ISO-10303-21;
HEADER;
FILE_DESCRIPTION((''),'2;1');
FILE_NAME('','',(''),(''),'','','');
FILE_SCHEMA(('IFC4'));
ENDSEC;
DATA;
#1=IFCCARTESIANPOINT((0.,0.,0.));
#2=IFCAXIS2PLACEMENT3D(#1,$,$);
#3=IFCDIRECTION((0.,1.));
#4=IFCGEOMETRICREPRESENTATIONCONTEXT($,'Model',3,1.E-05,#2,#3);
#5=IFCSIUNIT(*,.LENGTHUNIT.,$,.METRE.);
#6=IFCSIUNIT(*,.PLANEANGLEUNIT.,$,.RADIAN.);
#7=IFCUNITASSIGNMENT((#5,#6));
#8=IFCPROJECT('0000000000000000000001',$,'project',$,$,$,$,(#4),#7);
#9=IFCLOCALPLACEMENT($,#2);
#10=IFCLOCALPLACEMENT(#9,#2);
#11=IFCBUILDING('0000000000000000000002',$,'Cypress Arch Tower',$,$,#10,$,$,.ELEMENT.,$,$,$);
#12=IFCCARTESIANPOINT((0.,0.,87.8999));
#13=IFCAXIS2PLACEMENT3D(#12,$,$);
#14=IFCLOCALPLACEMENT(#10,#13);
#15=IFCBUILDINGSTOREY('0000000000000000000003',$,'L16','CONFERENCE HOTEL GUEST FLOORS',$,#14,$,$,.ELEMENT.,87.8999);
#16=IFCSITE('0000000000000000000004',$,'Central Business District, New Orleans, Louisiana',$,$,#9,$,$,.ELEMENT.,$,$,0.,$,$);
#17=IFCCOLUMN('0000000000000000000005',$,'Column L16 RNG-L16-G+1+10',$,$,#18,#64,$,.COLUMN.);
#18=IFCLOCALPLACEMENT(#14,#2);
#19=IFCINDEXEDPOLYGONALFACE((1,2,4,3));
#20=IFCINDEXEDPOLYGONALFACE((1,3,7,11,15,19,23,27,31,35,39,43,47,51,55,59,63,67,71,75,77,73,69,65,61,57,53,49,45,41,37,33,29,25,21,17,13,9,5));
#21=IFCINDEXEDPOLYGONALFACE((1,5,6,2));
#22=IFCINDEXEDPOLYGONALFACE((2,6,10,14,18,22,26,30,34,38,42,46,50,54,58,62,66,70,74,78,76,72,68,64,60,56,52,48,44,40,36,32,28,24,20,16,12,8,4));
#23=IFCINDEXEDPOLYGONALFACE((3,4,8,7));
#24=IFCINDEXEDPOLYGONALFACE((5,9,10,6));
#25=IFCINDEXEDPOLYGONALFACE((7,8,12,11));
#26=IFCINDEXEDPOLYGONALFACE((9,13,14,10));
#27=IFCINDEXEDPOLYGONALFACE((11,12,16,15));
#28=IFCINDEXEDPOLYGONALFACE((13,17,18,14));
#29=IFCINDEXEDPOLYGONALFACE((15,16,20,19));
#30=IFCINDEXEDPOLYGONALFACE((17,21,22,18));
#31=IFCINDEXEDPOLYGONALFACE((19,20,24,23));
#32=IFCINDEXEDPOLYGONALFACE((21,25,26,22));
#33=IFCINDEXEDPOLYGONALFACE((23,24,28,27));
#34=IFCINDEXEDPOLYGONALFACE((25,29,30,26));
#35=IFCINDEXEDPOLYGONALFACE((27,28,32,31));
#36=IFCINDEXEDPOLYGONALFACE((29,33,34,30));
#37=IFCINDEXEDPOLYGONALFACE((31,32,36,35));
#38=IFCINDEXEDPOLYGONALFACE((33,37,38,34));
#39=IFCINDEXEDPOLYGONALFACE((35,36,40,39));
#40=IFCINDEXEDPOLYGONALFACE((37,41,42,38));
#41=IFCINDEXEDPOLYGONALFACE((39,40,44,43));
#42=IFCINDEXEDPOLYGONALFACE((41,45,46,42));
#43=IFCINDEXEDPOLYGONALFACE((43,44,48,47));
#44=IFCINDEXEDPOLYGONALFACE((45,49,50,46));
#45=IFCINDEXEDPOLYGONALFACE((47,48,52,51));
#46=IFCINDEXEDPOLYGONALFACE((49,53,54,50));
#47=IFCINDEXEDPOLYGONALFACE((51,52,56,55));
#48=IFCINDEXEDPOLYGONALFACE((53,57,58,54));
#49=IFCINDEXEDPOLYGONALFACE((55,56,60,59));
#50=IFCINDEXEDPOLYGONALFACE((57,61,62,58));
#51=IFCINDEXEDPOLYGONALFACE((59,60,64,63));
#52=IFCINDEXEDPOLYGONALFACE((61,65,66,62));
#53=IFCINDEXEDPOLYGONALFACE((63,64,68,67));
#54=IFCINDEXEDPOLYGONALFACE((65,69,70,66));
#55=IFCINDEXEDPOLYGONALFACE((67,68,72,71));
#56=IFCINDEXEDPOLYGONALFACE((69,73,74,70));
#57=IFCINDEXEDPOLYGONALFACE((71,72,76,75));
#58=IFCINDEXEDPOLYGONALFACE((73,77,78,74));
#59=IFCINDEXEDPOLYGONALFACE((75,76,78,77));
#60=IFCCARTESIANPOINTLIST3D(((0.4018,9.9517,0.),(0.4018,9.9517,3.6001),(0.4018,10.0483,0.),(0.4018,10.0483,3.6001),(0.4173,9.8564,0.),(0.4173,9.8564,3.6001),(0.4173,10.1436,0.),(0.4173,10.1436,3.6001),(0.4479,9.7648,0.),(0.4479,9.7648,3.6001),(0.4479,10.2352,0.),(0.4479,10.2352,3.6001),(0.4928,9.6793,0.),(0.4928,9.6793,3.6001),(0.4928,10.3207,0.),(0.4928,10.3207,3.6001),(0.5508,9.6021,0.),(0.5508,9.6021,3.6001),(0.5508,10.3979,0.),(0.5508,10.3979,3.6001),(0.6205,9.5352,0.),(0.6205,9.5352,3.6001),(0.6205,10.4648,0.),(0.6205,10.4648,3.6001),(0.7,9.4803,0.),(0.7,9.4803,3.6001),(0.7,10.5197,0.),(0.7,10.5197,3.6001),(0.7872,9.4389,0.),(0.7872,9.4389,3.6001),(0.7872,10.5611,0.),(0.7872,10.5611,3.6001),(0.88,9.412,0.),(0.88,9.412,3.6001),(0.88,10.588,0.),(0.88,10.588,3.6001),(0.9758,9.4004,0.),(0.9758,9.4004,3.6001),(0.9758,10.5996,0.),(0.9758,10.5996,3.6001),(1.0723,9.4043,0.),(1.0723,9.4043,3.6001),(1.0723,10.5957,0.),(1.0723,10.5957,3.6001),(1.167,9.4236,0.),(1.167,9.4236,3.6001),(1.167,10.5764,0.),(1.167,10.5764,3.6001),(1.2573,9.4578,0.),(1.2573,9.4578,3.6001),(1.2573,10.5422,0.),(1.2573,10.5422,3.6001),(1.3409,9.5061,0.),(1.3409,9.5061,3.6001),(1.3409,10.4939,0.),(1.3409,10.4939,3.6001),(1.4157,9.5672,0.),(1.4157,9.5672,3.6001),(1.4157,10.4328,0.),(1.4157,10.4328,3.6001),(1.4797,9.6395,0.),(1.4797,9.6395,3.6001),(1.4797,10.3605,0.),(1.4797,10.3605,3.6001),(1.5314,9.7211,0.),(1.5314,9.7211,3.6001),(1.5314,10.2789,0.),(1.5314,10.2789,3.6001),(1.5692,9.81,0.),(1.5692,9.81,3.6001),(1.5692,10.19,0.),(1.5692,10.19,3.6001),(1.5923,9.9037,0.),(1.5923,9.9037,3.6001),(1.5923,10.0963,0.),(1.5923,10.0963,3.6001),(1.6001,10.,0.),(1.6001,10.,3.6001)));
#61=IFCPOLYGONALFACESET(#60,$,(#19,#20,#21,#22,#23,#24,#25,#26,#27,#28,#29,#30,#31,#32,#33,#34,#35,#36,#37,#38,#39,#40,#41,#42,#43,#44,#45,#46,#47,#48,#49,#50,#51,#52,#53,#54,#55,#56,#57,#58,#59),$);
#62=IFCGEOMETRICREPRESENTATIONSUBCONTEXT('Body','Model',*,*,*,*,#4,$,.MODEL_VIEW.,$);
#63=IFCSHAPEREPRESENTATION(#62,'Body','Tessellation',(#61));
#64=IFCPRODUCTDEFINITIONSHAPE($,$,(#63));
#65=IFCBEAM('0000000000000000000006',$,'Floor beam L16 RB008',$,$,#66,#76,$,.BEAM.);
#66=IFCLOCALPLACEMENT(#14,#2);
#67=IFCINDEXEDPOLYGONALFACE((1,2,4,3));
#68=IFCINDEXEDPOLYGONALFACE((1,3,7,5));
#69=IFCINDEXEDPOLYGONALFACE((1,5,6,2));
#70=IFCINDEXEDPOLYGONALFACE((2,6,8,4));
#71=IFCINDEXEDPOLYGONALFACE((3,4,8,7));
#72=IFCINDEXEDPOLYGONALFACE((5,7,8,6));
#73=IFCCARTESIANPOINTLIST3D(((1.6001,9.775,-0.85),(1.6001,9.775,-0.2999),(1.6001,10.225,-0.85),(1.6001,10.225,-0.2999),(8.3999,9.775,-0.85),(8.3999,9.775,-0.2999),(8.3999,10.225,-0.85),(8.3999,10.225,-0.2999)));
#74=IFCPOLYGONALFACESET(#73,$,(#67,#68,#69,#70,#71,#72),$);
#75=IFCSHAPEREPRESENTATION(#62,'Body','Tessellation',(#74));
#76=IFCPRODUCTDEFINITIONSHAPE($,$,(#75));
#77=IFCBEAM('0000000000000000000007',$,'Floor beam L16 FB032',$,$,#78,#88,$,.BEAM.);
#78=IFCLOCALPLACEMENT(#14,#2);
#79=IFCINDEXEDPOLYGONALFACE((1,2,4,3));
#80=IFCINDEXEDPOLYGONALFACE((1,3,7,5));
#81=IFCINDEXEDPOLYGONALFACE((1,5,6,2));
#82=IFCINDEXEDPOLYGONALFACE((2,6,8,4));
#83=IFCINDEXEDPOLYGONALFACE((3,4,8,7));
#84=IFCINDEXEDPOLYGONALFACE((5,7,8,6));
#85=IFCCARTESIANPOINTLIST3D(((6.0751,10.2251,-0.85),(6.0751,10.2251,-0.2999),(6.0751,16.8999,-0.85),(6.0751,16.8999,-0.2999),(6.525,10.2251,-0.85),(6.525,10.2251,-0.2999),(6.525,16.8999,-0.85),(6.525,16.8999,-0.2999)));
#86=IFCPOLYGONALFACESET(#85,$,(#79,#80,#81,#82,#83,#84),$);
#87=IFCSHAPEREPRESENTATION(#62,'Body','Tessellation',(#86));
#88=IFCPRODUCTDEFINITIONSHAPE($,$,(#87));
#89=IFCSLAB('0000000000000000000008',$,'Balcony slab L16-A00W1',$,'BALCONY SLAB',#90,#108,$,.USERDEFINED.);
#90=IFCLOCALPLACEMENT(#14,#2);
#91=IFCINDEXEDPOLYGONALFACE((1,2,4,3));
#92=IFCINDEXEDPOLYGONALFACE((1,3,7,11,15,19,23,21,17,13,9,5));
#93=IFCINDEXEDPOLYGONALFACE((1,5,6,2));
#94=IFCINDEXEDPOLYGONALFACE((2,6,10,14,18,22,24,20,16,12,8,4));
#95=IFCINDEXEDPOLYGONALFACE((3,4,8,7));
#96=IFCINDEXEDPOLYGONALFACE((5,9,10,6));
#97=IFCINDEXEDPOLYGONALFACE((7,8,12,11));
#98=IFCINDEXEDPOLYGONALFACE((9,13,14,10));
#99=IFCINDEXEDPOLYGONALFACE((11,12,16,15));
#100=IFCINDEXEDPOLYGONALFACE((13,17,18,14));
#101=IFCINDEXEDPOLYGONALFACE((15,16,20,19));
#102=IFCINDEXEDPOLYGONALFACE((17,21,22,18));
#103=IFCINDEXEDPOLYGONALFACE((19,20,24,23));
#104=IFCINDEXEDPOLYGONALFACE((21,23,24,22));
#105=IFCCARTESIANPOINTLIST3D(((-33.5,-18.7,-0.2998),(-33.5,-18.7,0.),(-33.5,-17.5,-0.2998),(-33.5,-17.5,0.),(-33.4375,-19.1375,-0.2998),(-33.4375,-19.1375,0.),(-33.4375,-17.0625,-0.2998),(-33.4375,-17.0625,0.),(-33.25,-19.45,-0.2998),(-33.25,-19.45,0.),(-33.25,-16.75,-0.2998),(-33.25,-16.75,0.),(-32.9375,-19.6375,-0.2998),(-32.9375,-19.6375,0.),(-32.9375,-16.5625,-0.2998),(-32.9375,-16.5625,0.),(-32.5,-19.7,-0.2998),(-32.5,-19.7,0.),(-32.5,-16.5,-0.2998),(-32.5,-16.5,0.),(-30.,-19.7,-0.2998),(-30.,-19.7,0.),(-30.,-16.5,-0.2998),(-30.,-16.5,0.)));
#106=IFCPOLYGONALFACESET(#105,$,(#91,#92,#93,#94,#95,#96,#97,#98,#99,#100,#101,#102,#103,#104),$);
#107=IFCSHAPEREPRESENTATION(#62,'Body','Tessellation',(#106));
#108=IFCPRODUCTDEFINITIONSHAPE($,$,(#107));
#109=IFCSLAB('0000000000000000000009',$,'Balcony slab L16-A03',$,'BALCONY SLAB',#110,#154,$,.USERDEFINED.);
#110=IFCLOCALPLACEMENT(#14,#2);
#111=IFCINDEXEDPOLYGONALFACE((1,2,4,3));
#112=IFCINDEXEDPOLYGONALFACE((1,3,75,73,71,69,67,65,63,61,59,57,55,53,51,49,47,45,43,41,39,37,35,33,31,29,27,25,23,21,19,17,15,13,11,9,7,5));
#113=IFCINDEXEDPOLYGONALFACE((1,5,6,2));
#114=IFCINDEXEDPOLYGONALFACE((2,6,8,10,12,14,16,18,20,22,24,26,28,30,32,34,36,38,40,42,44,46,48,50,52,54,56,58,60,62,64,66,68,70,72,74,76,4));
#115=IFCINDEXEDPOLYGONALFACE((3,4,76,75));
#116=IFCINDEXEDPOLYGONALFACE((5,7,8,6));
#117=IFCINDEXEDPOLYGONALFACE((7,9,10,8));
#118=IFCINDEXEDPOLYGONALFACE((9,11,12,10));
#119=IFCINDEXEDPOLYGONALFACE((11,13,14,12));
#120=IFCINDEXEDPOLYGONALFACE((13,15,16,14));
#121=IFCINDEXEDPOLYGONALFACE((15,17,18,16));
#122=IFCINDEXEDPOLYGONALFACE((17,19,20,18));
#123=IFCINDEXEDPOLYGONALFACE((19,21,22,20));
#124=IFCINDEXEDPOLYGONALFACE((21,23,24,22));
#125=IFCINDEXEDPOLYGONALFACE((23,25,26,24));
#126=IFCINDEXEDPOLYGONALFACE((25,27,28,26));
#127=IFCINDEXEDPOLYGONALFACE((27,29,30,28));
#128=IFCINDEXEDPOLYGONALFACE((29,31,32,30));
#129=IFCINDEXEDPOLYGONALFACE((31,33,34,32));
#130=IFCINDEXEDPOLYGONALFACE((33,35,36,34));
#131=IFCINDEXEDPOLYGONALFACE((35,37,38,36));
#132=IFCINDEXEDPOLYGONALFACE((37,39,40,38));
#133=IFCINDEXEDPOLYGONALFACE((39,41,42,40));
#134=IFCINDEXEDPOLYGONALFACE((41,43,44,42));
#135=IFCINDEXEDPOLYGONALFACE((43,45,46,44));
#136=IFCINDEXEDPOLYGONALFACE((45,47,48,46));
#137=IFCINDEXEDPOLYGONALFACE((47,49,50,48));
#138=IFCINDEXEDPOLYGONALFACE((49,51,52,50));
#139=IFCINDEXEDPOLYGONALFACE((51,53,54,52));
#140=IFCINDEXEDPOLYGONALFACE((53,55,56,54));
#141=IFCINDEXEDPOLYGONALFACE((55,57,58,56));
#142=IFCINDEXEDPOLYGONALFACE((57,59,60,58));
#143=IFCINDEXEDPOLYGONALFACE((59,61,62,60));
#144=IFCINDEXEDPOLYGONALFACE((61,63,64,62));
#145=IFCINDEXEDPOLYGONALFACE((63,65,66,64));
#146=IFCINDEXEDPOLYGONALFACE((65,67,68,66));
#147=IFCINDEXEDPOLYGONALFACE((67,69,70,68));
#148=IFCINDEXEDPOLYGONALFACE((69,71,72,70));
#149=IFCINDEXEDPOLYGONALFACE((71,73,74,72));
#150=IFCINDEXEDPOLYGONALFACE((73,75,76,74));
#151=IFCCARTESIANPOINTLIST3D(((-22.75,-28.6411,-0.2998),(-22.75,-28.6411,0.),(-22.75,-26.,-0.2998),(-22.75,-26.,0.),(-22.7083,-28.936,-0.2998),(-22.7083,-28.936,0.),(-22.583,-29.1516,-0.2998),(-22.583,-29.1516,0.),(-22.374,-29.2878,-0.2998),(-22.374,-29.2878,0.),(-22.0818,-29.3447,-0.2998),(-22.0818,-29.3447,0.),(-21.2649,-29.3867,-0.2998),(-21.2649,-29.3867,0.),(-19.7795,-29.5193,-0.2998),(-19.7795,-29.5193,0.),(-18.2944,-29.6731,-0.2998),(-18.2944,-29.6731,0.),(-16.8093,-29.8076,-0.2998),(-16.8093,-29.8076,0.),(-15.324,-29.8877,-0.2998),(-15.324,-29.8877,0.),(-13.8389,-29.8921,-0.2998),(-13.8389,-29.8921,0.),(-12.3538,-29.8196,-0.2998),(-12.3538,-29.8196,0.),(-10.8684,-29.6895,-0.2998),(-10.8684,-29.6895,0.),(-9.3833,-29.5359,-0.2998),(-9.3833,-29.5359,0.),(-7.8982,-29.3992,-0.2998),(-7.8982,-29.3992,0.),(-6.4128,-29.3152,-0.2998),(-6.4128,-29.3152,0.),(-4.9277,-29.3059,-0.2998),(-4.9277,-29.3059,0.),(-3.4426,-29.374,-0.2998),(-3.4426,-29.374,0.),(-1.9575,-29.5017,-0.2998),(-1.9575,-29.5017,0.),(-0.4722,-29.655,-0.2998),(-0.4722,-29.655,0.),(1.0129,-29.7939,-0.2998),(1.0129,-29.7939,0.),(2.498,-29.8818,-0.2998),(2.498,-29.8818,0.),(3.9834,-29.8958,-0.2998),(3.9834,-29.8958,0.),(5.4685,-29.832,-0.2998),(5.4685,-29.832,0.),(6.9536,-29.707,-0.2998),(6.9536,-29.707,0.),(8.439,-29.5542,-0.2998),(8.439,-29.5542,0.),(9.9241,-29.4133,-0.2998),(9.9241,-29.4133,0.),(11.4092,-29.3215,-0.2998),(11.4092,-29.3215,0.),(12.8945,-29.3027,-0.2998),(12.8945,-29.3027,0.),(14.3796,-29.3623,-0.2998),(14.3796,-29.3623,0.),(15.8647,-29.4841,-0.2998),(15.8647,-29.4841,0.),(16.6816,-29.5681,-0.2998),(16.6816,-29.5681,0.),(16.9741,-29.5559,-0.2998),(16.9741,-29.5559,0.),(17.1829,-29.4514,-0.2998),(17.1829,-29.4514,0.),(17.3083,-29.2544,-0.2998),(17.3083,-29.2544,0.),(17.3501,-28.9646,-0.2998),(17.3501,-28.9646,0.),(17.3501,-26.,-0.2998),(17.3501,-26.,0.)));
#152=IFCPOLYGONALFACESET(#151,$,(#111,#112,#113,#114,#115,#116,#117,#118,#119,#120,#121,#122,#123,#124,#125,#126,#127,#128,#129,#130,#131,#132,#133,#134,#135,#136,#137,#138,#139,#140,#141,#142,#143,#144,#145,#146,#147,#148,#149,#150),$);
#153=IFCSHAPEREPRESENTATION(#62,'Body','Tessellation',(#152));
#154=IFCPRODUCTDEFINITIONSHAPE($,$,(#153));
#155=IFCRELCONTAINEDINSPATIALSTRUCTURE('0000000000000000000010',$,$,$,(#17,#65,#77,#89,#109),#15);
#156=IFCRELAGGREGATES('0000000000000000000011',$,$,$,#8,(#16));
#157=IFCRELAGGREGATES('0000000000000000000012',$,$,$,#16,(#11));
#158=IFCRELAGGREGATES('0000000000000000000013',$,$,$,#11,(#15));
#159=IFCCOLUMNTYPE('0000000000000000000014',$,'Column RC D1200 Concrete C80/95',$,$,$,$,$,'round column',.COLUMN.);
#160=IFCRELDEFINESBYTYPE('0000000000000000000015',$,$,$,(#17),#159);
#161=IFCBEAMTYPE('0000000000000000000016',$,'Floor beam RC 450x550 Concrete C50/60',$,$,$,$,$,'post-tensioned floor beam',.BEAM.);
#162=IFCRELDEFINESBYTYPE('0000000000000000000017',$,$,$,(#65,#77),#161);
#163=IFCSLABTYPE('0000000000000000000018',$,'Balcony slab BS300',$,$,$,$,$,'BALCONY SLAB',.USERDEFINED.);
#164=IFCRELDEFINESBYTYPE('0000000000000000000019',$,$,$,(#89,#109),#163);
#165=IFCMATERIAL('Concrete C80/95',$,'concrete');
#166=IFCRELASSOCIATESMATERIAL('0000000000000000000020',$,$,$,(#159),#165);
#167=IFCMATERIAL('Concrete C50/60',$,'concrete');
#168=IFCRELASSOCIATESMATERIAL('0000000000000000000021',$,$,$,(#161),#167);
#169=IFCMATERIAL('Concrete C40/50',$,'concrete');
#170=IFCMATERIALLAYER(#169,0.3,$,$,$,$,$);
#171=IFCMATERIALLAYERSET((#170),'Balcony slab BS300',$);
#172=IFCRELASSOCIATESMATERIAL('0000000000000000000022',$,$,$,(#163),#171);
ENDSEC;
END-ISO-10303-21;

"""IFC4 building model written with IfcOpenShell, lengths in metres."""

from ifc_helpers import new_model, si_unit, direction, frame, origin, origin_2d, place, context, subcontext, project, spatial, polyline, rectangle, circle, outline, extrude, material, layer, layer_set, material_profile, profile_set, type_object, element, save


model = new_model("IFC4")

# Units and contexts
model_context = context("Model", 3, precision=1e-05, world=origin(), true_north=direction((0.0, 1.0)))
body_context = subcontext(model_context, "Body", "Model", "MODEL_VIEW")
ifc_project = project(units=[si_unit("LENGTHUNIT", "METRE"), si_unit("PLANEANGLEUNIT", "RADIAN")], contexts=[model_context])

# Site, building, storey
site_placement = place(None, origin())
site = spatial("IfcSite", under=ifc_project, at=site_placement, Name="Central Business District, New Orleans, Louisiana", CompositionType="ELEMENT", RefElevation=0.0)
building_placement = place(site_placement, origin())
building = spatial("IfcBuilding", under=site, at=building_placement, Name="Cypress Arch Tower", CompositionType="ELEMENT")
storey_placement = place(building_placement, frame((0.0, 0.0, 87.8999)))
storey = spatial("IfcBuildingStorey", under=building, at=storey_placement, Name="L16", Description="CONFERENCE HOTEL GUEST FLOORS", CompositionType="ELEMENT", Elevation=87.8999)

# Column
ifc_material_1 = material(Name="Concrete C80/95", Category="concrete")
ifc_material_profile_1 = material_profile(ifc_material_1, circle(Radius=0.6001, at=origin_2d()), Name="RC D1200")
ifc_profile_set_1 = profile_set([ifc_material_profile_1], Name="Concrete C80/95")
column_type = type_object("IfcColumnType", Name="Column RC D1200 Concrete C80/95", ElementType="round column", PredefinedType="COLUMN", material=ifc_profile_set_1)
column_placement = place(storey_placement, frame((1.0, 10.0, 0.0), z_axis=(0.0, 0.0, 1.0), x_axis=(1.0, 0.0, 0.0)))
element("IfcColumn", 1, at=column_placement, inside=storey, type_object=column_type, Name="Column L16 RNG-L16-G+1+10", PredefinedType="COLUMN", context=body_context, shape_type="SweptSolid", body=[
    extrude(circle(Radius=0.6001, at=origin_2d()), origin(), (0.0, 0.0, 1.0), 3.6001),
])

# Beams
ifc_material_2 = material(Name="Concrete C50/60", Category="concrete")
ifc_material_profile_2 = material_profile(ifc_material_2, rectangle(XDim=0.45, YDim=0.55, at=origin_2d()), Name="RC 450x550")
ifc_profile_set_2 = profile_set([ifc_material_profile_2], Name="Concrete C50/60")
beam_type = type_object("IfcBeamType", Name="Floor beam RC 450x550 Concrete C50/60", ElementType="post-tensioned floor beam", PredefinedType="BEAM", material=ifc_profile_set_2)
beam_1_placement = place(storey_placement, frame((1.6001, 10.0, -0.575), z_axis=(1.0, 0.0, 0.0), x_axis=(0.0, 1.0, 0.0)))
element("IfcBeam", 2, at=beam_1_placement, inside=storey, type_object=beam_type, Name="Floor beam L16 RB008", PredefinedType="BEAM", context=body_context, shape_type="SweptSolid", body=[
    extrude(rectangle(XDim=0.45, YDim=0.55, at=origin_2d()), origin(), (0.0, 0.0, 1.0), 6.7998),
])
beam_2_placement = place(storey_placement, frame((6.3, 10.2251, -0.575), z_axis=(0.0, 1.0, 0.0), x_axis=(-1.0, 0.0, 0.0)))
element("IfcBeam", 3, at=beam_2_placement, inside=storey, type_object=beam_type, Name="Floor beam L16 FB032", PredefinedType="BEAM", context=body_context, shape_type="SweptSolid", body=[
    extrude(rectangle(XDim=0.45, YDim=0.55, at=origin_2d()), origin(), (0.0, 0.0, 1.0), 6.6748),
])

# Slabs
ifc_material_3 = material(Name="Concrete C40/50", Category="concrete")
ifc_layer_1 = layer(ifc_material_3, 0.3)
ifc_layer_set_1 = layer_set([ifc_layer_1], Name="Balcony slab BS300")
slab_type_1 = type_object("IfcSlabType", Name="Balcony slab BS300", ElementType="BALCONY SLAB", PredefinedType="USERDEFINED", material=ifc_layer_set_1)
slab_1_placement = place(storey_placement, frame((0.0, 0.0, -0.2998)))
element("IfcSlab", 4, at=slab_1_placement, inside=storey, type_object=slab_type_1, Name="Balcony slab L16-A00W1", ObjectType="BALCONY SLAB", PredefinedType="USERDEFINED", context=body_context, shape_type="SweptSolid", body=[
    extrude(outline(polyline([(-30.0, -16.5), (-32.5, -16.5), (-32.9375, -16.5625), (-33.25, -16.75), (-33.4375, -17.0625), (-33.5, -17.5), (-33.5, -18.7), (-33.4375, -19.1375), (-33.25, -19.45), (-32.9375, -19.6375), (-32.5, -19.7), (-30.0, -19.7), (-30.0, -16.5)])), origin(), (0.0, 0.0, 1.0), 0.2998),
])
slab_2_placement = place(storey_placement, frame((0.0, 0.0, -0.2998)))
element("IfcSlab", 5, at=slab_2_placement, inside=storey, type_object=slab_type_1, Name="Balcony slab L16-A03", ObjectType="BALCONY SLAB", PredefinedType="USERDEFINED", context=body_context, shape_type="SweptSolid", body=[
    extrude(outline(polyline([(-22.75, -26.0), (-22.75, -28.6411), (-22.7083, -28.936), (-22.583, -29.1516), (-22.374, -29.2878), (-22.0818, -29.3447), (-21.2649, -29.3867), (-19.7795, -29.5193), (-18.2944, -29.6731), (-16.8093, -29.8076), (-15.324, -29.8877), (-13.8389, -29.8921), (-12.3538, -29.8196), (-10.8684, -29.6895), (-9.3833, -29.5359), (-7.8982, -29.3992), (-6.4128, -29.3152), (-4.9277, -29.3059), (-3.4426, -29.374), (-1.9575, -29.5017), (-0.4722, -29.655), (1.0129, -29.7939), (2.498, -29.8818), (3.9834, -29.8958), (5.4685, -29.832), (6.9536, -29.707), (8.439, -29.5542), (9.9241, -29.4133), (11.4092, -29.3215), (12.8945, -29.3027), (14.3796, -29.3623), (15.8647, -29.4841), (16.6816, -29.5681), (16.9741, -29.5559), (17.1829, -29.4514), (17.3083, -29.2544), (17.3501, -28.9646), (17.3501, -26.0), (-22.75, -26.0)])), origin(), (0.0, 0.0, 1.0), 0.2998),
])

save(model, "model.ifc")
